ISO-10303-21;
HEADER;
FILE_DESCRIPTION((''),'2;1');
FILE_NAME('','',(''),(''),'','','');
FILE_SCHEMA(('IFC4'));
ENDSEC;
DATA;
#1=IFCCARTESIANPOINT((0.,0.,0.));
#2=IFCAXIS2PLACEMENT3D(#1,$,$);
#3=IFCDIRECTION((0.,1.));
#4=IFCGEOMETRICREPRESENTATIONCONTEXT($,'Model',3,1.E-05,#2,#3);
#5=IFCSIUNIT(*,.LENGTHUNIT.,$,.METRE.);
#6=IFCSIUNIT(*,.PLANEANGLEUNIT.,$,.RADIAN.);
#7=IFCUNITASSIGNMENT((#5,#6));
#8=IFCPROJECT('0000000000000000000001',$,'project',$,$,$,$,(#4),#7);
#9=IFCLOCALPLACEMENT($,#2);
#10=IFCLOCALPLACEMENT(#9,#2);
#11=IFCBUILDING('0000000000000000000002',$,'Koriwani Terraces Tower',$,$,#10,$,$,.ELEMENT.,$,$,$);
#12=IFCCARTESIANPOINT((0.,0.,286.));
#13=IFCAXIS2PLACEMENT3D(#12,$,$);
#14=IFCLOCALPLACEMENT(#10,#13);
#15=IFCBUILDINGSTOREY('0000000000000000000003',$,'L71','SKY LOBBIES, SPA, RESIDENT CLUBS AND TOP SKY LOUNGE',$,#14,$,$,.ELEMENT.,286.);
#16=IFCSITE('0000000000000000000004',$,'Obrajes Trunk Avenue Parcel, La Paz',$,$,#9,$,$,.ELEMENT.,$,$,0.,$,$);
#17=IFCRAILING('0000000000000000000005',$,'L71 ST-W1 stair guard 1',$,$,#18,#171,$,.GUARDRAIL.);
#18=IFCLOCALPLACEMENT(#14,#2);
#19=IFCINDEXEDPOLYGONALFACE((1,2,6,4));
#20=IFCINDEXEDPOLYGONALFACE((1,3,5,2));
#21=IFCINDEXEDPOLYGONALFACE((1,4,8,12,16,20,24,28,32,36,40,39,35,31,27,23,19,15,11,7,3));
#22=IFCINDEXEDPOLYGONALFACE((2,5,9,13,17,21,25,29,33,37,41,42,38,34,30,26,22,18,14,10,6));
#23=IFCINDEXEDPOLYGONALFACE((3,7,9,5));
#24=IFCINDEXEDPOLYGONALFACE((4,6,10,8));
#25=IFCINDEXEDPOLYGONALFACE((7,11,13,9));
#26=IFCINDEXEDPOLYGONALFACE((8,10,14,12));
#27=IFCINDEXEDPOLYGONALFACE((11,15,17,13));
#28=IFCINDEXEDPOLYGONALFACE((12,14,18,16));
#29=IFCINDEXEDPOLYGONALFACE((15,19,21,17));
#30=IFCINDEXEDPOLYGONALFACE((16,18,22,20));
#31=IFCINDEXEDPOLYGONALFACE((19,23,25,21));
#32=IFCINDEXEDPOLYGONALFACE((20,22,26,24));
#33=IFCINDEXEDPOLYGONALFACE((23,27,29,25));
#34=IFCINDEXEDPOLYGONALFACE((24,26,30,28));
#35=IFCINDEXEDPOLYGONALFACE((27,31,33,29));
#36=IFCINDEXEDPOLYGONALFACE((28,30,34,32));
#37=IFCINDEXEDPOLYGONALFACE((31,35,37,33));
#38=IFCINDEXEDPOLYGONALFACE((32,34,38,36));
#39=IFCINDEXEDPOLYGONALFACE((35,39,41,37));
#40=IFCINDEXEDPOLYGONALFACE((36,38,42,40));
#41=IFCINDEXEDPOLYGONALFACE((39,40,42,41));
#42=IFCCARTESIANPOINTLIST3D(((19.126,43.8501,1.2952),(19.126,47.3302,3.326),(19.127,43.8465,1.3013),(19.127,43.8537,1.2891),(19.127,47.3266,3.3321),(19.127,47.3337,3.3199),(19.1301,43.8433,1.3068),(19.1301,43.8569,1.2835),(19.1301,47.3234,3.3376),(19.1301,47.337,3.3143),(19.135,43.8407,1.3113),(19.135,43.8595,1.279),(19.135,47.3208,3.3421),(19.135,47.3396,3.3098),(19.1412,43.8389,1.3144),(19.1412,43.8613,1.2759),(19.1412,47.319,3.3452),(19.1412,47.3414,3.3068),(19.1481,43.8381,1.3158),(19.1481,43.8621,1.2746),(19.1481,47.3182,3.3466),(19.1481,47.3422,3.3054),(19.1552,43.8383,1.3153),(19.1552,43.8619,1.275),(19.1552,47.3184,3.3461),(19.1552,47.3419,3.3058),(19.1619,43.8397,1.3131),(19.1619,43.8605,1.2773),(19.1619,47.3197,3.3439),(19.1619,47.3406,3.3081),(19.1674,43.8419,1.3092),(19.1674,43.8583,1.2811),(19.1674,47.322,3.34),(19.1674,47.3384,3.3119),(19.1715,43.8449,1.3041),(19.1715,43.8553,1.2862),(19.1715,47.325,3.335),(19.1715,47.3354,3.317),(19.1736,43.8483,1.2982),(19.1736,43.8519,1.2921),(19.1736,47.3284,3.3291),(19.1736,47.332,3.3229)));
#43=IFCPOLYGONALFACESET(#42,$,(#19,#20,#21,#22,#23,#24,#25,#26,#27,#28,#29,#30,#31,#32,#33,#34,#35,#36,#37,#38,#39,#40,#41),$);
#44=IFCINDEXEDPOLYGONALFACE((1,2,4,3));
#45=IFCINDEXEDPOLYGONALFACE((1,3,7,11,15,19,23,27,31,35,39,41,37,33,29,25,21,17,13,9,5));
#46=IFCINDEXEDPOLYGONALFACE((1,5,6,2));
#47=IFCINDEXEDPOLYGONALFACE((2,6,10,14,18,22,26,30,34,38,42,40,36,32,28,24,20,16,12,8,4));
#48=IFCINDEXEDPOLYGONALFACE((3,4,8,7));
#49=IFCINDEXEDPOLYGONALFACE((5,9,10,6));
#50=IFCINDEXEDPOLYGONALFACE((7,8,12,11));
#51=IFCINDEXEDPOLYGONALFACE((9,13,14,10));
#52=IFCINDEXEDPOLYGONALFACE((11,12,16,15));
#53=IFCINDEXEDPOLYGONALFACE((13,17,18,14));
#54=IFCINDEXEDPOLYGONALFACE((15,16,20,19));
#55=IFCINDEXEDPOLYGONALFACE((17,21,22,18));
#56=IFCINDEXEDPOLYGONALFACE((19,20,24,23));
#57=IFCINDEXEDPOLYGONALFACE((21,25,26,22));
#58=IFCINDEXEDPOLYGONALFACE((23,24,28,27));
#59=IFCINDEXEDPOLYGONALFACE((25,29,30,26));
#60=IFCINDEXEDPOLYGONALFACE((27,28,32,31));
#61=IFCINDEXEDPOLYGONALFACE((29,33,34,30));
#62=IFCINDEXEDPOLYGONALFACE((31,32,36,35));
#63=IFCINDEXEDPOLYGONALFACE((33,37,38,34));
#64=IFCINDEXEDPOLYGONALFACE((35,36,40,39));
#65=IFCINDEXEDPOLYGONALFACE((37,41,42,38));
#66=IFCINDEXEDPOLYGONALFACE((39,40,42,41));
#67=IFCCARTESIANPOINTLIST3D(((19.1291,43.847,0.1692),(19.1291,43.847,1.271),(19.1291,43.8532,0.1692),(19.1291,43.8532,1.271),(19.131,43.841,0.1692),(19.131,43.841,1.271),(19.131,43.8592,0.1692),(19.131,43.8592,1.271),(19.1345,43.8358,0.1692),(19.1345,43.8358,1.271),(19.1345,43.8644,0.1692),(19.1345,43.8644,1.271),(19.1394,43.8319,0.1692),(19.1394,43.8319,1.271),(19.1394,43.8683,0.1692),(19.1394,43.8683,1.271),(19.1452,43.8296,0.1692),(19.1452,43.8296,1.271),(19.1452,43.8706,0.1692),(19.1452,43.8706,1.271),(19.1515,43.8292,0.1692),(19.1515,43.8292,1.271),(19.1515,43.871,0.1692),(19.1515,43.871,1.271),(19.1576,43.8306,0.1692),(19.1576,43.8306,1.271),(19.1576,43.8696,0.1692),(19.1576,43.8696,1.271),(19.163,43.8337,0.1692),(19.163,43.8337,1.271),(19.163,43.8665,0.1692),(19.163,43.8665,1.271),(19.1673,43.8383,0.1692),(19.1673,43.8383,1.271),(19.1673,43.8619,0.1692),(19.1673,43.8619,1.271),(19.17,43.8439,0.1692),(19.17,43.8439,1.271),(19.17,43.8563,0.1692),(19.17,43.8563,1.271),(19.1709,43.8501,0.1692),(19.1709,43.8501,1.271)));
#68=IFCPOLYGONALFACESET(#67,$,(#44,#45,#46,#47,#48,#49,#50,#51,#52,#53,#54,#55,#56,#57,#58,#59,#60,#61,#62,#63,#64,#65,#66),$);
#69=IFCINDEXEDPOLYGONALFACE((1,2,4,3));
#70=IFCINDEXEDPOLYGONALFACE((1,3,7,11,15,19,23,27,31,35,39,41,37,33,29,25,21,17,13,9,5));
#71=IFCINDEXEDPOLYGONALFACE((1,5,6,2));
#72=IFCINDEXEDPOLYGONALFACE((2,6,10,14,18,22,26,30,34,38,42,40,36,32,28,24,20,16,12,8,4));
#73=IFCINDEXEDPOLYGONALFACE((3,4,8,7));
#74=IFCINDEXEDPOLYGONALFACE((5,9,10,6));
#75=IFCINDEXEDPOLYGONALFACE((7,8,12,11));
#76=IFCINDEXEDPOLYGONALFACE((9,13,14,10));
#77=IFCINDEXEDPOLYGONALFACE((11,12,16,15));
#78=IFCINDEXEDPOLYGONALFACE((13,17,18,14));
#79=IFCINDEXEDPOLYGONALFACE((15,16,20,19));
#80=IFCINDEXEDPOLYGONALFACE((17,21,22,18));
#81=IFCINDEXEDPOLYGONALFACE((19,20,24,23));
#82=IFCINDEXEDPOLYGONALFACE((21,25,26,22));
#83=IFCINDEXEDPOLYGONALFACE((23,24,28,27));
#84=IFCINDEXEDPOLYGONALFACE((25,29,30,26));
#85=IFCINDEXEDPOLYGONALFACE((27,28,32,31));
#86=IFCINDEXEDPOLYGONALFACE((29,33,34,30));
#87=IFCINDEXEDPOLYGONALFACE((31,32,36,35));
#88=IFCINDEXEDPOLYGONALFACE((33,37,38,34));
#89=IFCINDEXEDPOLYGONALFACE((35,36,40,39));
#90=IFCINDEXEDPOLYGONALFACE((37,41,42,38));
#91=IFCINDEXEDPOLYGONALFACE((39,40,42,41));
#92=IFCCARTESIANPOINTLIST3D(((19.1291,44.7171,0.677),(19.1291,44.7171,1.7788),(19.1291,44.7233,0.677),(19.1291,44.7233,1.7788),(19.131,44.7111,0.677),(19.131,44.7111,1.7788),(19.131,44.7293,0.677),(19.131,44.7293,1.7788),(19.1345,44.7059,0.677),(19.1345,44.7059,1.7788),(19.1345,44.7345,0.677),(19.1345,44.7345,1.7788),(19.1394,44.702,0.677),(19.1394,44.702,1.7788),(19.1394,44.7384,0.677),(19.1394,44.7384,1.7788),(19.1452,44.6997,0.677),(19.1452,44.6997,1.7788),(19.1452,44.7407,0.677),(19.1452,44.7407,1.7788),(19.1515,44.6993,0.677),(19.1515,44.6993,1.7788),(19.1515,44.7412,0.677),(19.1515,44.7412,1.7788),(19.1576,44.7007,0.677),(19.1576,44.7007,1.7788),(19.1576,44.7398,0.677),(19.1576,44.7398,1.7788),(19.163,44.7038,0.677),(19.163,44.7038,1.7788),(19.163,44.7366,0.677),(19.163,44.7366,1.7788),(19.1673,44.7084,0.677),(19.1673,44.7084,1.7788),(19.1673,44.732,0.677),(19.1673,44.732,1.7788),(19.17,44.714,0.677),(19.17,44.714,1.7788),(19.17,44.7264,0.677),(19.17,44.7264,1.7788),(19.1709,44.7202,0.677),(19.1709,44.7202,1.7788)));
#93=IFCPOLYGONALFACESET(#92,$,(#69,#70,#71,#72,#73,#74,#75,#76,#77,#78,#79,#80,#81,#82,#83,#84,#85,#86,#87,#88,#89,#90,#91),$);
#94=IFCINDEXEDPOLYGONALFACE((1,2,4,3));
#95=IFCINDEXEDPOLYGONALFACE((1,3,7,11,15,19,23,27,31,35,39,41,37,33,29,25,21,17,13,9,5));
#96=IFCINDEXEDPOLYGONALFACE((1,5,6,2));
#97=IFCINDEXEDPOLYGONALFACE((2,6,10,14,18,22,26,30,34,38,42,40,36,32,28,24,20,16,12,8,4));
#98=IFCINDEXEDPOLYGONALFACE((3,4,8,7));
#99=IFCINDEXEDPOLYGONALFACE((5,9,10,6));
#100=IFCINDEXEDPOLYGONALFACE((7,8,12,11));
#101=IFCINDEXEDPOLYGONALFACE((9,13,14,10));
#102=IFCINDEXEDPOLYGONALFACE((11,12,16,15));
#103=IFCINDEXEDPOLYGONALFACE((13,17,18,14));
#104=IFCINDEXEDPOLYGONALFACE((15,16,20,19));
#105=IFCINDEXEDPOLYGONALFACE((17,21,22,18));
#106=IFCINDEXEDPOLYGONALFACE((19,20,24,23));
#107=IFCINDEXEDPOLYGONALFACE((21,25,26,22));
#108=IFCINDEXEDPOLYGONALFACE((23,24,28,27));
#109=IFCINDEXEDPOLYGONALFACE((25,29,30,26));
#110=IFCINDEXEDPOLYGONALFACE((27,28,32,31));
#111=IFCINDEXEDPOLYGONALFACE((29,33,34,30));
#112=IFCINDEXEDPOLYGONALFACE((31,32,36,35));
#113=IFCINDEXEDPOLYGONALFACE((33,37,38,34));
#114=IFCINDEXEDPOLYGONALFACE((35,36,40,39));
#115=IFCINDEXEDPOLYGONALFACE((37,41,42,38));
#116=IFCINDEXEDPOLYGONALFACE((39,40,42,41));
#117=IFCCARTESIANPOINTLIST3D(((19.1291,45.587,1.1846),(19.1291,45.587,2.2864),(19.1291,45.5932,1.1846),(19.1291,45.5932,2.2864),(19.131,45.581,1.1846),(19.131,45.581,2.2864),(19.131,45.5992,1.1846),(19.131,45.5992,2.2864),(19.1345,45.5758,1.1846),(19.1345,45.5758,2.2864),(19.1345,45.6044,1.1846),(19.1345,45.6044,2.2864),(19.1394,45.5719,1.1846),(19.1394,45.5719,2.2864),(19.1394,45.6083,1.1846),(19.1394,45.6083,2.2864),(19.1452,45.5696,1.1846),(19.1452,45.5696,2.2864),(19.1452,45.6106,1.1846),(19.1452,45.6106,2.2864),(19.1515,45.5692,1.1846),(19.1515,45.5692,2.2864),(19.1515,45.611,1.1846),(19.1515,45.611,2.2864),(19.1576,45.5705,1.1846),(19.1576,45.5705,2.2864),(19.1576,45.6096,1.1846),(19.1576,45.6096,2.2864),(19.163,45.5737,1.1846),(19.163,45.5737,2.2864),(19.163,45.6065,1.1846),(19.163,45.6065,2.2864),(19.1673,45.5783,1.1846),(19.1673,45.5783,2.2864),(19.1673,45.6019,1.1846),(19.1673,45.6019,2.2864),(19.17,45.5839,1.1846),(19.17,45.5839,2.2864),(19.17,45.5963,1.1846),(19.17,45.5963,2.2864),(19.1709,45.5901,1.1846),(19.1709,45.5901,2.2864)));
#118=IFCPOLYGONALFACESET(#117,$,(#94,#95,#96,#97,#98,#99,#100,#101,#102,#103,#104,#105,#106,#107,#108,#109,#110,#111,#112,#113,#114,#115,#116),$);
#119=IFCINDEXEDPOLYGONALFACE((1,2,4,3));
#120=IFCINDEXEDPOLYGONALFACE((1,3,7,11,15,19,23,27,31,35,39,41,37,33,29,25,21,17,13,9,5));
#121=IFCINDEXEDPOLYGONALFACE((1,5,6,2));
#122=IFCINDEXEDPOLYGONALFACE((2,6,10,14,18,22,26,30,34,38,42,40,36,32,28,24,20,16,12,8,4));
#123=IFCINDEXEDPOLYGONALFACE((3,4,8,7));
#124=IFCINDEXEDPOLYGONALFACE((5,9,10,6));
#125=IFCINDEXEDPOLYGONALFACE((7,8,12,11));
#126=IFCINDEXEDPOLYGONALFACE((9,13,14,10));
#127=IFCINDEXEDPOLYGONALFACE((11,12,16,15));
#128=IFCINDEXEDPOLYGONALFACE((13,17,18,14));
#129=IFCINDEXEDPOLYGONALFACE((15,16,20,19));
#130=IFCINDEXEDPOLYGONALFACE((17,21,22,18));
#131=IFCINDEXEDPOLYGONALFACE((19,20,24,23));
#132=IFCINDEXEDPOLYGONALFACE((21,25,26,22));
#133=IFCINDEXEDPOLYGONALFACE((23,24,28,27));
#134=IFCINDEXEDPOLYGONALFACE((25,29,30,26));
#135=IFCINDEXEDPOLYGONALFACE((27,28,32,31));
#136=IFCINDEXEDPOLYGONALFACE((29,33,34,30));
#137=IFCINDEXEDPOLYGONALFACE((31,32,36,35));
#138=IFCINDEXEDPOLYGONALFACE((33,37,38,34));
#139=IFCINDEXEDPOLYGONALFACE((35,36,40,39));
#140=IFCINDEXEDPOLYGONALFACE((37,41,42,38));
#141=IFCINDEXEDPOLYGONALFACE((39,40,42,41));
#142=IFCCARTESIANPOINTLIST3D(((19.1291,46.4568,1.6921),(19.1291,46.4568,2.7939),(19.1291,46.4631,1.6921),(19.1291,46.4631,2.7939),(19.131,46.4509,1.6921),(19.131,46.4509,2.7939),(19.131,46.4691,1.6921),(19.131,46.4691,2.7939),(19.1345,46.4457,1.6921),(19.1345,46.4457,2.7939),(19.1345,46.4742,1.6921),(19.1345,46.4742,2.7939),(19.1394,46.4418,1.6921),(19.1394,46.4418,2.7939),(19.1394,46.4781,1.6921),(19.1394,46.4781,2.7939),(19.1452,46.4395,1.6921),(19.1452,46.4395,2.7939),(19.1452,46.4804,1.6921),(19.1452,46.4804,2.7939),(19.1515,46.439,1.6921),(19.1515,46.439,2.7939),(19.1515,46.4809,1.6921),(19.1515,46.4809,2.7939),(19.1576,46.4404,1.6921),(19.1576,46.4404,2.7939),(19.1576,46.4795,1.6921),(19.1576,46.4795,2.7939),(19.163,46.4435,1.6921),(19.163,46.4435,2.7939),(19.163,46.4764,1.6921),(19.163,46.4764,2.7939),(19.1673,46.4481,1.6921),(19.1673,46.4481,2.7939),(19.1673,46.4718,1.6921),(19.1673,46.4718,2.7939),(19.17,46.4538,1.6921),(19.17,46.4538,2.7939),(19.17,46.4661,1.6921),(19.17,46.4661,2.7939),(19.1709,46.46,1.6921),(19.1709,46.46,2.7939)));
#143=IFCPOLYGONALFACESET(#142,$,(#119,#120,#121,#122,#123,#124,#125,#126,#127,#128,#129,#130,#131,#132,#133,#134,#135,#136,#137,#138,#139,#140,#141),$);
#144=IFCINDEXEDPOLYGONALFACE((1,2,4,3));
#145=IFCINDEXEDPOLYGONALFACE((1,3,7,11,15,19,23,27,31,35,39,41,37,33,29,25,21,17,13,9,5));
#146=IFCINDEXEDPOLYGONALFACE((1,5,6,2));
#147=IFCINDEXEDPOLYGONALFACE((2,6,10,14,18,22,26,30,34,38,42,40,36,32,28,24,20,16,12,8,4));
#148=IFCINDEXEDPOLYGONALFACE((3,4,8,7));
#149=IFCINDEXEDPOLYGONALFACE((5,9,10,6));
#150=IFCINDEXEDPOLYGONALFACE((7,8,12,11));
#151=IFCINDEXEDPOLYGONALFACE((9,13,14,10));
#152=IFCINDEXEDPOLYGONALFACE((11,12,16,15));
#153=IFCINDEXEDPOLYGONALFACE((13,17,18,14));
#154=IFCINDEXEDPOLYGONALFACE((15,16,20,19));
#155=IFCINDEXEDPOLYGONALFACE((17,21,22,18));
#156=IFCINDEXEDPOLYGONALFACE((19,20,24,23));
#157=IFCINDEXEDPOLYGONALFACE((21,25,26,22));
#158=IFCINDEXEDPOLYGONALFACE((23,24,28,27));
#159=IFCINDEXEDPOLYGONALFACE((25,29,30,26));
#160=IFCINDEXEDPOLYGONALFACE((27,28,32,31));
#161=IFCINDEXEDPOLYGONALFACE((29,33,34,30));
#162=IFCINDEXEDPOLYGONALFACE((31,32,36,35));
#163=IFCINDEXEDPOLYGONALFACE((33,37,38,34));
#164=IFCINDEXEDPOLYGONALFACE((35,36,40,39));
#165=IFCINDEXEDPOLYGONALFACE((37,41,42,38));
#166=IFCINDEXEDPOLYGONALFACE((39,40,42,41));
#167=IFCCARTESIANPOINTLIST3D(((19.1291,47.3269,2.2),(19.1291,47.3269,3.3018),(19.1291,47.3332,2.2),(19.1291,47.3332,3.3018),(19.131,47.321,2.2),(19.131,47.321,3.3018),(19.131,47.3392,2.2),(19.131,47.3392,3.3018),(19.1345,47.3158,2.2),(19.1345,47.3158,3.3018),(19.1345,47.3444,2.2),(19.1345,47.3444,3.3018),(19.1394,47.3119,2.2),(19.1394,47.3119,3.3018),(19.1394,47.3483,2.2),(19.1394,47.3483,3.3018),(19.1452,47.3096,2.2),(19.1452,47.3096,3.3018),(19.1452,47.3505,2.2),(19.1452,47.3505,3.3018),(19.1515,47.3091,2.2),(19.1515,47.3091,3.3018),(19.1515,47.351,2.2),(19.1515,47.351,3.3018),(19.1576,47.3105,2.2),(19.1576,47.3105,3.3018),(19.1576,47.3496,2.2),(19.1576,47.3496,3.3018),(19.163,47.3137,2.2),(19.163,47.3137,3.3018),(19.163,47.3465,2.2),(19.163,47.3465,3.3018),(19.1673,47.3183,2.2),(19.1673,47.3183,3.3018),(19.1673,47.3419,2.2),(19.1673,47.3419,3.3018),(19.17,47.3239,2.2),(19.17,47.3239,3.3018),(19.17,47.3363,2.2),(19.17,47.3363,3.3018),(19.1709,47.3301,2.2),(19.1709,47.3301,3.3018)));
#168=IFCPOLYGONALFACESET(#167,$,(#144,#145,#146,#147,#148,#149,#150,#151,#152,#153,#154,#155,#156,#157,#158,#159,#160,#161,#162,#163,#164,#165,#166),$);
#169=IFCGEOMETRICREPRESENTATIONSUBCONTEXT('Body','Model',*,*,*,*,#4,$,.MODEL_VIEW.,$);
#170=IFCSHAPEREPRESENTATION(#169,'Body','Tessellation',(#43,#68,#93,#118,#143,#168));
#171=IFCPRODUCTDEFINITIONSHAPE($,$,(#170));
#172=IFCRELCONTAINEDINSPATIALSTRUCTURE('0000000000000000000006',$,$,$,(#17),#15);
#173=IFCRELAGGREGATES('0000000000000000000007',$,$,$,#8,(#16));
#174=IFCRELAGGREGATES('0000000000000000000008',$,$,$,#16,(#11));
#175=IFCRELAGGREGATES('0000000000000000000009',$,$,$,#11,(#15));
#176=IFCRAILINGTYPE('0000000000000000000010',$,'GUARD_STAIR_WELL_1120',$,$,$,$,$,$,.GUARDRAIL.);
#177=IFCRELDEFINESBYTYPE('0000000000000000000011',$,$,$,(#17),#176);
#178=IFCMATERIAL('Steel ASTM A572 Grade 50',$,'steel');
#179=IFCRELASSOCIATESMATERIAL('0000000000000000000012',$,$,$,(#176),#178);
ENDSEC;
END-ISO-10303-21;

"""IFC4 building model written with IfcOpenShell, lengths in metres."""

from ifc_helpers import new_model, si_unit, direction, frame, origin, origin_2d, place, context, subcontext, project, spatial, circle, extrude, material, type_object, element, save


model = new_model("IFC4")

# Units and contexts
model_context = context("Model", 3, precision=1e-05, world=origin(), true_north=direction((0.0, 1.0)))
body_context = subcontext(model_context, "Body", "Model", "MODEL_VIEW")
ifc_project = project(units=[si_unit("LENGTHUNIT", "METRE"), si_unit("PLANEANGLEUNIT", "RADIAN")], contexts=[model_context])

# Site, building, storey
site_placement = place(None, origin())
site = spatial("IfcSite", under=ifc_project, at=site_placement, Name="Obrajes Trunk Avenue Parcel, La Paz", CompositionType="ELEMENT", RefElevation=0.0)
building_placement = place(site_placement, origin())
building = spatial("IfcBuilding", under=site, at=building_placement, Name="Koriwani Terraces Tower", CompositionType="ELEMENT")
storey_placement = place(building_placement, frame((0.0, 0.0, 286.0)))
storey = spatial("IfcBuildingStorey", under=building, at=storey_placement, Name="L71", Description="SKY LOBBIES, SPA, RESIDENT CLUBS AND TOP SKY LOUNGE", CompositionType="ELEMENT", Elevation=286.0)

# Shared definitions
ifc_material_1 = material(Name="Steel ASTM A572 Grade 50", Category="steel")

# Railing
railing_type_1 = type_object("IfcRailingType", Name="GUARD_STAIR_WELL_1120", PredefinedType="GUARDRAIL", material=ifc_material_1)
railing_1_placement = place(storey_placement, frame((19.1499, 43.8501, 0.1692)))
element("IfcRailing", 1, at=railing_1_placement, inside=storey, type_object=railing_type_1, Name="L71 ST-W1 stair guard 1", PredefinedType="GUARDRAIL", context=body_context, shape_type="SweptSolid", body=[
    extrude(circle(Radius=0.0239, at=origin_2d()), frame((0.0, 0.0, 1.126), z_axis=(0.0, 0.863695, 0.504014), x_axis=(-1.0, 0.0, 0.0)), (0.0, 0.0, 1.0), 4.0293),
    extrude(circle(Radius=0.021, at=origin_2d()), origin(), (0.0, 0.0, 1.0), 1.1018),
    extrude(circle(Radius=0.021, at=origin_2d()), frame((0.0, 0.8701, 0.5078)), (0.0, 0.0, 1.0), 1.1018),
    extrude(circle(Radius=0.021, at=origin_2d()), frame((0.0, 1.74, 1.0154)), (0.0, 0.0, 1.0), 1.1018),
    extrude(circle(Radius=0.021, at=origin_2d()), frame((0.0, 2.6099, 1.5229)), (0.0, 0.0, 1.0), 1.1018),
    extrude(circle(Radius=0.021, at=origin_2d()), frame((0.0, 3.48, 2.0308)), (0.0, 0.0, 1.0), 1.1018),
])

save(model, "model.ifc")
